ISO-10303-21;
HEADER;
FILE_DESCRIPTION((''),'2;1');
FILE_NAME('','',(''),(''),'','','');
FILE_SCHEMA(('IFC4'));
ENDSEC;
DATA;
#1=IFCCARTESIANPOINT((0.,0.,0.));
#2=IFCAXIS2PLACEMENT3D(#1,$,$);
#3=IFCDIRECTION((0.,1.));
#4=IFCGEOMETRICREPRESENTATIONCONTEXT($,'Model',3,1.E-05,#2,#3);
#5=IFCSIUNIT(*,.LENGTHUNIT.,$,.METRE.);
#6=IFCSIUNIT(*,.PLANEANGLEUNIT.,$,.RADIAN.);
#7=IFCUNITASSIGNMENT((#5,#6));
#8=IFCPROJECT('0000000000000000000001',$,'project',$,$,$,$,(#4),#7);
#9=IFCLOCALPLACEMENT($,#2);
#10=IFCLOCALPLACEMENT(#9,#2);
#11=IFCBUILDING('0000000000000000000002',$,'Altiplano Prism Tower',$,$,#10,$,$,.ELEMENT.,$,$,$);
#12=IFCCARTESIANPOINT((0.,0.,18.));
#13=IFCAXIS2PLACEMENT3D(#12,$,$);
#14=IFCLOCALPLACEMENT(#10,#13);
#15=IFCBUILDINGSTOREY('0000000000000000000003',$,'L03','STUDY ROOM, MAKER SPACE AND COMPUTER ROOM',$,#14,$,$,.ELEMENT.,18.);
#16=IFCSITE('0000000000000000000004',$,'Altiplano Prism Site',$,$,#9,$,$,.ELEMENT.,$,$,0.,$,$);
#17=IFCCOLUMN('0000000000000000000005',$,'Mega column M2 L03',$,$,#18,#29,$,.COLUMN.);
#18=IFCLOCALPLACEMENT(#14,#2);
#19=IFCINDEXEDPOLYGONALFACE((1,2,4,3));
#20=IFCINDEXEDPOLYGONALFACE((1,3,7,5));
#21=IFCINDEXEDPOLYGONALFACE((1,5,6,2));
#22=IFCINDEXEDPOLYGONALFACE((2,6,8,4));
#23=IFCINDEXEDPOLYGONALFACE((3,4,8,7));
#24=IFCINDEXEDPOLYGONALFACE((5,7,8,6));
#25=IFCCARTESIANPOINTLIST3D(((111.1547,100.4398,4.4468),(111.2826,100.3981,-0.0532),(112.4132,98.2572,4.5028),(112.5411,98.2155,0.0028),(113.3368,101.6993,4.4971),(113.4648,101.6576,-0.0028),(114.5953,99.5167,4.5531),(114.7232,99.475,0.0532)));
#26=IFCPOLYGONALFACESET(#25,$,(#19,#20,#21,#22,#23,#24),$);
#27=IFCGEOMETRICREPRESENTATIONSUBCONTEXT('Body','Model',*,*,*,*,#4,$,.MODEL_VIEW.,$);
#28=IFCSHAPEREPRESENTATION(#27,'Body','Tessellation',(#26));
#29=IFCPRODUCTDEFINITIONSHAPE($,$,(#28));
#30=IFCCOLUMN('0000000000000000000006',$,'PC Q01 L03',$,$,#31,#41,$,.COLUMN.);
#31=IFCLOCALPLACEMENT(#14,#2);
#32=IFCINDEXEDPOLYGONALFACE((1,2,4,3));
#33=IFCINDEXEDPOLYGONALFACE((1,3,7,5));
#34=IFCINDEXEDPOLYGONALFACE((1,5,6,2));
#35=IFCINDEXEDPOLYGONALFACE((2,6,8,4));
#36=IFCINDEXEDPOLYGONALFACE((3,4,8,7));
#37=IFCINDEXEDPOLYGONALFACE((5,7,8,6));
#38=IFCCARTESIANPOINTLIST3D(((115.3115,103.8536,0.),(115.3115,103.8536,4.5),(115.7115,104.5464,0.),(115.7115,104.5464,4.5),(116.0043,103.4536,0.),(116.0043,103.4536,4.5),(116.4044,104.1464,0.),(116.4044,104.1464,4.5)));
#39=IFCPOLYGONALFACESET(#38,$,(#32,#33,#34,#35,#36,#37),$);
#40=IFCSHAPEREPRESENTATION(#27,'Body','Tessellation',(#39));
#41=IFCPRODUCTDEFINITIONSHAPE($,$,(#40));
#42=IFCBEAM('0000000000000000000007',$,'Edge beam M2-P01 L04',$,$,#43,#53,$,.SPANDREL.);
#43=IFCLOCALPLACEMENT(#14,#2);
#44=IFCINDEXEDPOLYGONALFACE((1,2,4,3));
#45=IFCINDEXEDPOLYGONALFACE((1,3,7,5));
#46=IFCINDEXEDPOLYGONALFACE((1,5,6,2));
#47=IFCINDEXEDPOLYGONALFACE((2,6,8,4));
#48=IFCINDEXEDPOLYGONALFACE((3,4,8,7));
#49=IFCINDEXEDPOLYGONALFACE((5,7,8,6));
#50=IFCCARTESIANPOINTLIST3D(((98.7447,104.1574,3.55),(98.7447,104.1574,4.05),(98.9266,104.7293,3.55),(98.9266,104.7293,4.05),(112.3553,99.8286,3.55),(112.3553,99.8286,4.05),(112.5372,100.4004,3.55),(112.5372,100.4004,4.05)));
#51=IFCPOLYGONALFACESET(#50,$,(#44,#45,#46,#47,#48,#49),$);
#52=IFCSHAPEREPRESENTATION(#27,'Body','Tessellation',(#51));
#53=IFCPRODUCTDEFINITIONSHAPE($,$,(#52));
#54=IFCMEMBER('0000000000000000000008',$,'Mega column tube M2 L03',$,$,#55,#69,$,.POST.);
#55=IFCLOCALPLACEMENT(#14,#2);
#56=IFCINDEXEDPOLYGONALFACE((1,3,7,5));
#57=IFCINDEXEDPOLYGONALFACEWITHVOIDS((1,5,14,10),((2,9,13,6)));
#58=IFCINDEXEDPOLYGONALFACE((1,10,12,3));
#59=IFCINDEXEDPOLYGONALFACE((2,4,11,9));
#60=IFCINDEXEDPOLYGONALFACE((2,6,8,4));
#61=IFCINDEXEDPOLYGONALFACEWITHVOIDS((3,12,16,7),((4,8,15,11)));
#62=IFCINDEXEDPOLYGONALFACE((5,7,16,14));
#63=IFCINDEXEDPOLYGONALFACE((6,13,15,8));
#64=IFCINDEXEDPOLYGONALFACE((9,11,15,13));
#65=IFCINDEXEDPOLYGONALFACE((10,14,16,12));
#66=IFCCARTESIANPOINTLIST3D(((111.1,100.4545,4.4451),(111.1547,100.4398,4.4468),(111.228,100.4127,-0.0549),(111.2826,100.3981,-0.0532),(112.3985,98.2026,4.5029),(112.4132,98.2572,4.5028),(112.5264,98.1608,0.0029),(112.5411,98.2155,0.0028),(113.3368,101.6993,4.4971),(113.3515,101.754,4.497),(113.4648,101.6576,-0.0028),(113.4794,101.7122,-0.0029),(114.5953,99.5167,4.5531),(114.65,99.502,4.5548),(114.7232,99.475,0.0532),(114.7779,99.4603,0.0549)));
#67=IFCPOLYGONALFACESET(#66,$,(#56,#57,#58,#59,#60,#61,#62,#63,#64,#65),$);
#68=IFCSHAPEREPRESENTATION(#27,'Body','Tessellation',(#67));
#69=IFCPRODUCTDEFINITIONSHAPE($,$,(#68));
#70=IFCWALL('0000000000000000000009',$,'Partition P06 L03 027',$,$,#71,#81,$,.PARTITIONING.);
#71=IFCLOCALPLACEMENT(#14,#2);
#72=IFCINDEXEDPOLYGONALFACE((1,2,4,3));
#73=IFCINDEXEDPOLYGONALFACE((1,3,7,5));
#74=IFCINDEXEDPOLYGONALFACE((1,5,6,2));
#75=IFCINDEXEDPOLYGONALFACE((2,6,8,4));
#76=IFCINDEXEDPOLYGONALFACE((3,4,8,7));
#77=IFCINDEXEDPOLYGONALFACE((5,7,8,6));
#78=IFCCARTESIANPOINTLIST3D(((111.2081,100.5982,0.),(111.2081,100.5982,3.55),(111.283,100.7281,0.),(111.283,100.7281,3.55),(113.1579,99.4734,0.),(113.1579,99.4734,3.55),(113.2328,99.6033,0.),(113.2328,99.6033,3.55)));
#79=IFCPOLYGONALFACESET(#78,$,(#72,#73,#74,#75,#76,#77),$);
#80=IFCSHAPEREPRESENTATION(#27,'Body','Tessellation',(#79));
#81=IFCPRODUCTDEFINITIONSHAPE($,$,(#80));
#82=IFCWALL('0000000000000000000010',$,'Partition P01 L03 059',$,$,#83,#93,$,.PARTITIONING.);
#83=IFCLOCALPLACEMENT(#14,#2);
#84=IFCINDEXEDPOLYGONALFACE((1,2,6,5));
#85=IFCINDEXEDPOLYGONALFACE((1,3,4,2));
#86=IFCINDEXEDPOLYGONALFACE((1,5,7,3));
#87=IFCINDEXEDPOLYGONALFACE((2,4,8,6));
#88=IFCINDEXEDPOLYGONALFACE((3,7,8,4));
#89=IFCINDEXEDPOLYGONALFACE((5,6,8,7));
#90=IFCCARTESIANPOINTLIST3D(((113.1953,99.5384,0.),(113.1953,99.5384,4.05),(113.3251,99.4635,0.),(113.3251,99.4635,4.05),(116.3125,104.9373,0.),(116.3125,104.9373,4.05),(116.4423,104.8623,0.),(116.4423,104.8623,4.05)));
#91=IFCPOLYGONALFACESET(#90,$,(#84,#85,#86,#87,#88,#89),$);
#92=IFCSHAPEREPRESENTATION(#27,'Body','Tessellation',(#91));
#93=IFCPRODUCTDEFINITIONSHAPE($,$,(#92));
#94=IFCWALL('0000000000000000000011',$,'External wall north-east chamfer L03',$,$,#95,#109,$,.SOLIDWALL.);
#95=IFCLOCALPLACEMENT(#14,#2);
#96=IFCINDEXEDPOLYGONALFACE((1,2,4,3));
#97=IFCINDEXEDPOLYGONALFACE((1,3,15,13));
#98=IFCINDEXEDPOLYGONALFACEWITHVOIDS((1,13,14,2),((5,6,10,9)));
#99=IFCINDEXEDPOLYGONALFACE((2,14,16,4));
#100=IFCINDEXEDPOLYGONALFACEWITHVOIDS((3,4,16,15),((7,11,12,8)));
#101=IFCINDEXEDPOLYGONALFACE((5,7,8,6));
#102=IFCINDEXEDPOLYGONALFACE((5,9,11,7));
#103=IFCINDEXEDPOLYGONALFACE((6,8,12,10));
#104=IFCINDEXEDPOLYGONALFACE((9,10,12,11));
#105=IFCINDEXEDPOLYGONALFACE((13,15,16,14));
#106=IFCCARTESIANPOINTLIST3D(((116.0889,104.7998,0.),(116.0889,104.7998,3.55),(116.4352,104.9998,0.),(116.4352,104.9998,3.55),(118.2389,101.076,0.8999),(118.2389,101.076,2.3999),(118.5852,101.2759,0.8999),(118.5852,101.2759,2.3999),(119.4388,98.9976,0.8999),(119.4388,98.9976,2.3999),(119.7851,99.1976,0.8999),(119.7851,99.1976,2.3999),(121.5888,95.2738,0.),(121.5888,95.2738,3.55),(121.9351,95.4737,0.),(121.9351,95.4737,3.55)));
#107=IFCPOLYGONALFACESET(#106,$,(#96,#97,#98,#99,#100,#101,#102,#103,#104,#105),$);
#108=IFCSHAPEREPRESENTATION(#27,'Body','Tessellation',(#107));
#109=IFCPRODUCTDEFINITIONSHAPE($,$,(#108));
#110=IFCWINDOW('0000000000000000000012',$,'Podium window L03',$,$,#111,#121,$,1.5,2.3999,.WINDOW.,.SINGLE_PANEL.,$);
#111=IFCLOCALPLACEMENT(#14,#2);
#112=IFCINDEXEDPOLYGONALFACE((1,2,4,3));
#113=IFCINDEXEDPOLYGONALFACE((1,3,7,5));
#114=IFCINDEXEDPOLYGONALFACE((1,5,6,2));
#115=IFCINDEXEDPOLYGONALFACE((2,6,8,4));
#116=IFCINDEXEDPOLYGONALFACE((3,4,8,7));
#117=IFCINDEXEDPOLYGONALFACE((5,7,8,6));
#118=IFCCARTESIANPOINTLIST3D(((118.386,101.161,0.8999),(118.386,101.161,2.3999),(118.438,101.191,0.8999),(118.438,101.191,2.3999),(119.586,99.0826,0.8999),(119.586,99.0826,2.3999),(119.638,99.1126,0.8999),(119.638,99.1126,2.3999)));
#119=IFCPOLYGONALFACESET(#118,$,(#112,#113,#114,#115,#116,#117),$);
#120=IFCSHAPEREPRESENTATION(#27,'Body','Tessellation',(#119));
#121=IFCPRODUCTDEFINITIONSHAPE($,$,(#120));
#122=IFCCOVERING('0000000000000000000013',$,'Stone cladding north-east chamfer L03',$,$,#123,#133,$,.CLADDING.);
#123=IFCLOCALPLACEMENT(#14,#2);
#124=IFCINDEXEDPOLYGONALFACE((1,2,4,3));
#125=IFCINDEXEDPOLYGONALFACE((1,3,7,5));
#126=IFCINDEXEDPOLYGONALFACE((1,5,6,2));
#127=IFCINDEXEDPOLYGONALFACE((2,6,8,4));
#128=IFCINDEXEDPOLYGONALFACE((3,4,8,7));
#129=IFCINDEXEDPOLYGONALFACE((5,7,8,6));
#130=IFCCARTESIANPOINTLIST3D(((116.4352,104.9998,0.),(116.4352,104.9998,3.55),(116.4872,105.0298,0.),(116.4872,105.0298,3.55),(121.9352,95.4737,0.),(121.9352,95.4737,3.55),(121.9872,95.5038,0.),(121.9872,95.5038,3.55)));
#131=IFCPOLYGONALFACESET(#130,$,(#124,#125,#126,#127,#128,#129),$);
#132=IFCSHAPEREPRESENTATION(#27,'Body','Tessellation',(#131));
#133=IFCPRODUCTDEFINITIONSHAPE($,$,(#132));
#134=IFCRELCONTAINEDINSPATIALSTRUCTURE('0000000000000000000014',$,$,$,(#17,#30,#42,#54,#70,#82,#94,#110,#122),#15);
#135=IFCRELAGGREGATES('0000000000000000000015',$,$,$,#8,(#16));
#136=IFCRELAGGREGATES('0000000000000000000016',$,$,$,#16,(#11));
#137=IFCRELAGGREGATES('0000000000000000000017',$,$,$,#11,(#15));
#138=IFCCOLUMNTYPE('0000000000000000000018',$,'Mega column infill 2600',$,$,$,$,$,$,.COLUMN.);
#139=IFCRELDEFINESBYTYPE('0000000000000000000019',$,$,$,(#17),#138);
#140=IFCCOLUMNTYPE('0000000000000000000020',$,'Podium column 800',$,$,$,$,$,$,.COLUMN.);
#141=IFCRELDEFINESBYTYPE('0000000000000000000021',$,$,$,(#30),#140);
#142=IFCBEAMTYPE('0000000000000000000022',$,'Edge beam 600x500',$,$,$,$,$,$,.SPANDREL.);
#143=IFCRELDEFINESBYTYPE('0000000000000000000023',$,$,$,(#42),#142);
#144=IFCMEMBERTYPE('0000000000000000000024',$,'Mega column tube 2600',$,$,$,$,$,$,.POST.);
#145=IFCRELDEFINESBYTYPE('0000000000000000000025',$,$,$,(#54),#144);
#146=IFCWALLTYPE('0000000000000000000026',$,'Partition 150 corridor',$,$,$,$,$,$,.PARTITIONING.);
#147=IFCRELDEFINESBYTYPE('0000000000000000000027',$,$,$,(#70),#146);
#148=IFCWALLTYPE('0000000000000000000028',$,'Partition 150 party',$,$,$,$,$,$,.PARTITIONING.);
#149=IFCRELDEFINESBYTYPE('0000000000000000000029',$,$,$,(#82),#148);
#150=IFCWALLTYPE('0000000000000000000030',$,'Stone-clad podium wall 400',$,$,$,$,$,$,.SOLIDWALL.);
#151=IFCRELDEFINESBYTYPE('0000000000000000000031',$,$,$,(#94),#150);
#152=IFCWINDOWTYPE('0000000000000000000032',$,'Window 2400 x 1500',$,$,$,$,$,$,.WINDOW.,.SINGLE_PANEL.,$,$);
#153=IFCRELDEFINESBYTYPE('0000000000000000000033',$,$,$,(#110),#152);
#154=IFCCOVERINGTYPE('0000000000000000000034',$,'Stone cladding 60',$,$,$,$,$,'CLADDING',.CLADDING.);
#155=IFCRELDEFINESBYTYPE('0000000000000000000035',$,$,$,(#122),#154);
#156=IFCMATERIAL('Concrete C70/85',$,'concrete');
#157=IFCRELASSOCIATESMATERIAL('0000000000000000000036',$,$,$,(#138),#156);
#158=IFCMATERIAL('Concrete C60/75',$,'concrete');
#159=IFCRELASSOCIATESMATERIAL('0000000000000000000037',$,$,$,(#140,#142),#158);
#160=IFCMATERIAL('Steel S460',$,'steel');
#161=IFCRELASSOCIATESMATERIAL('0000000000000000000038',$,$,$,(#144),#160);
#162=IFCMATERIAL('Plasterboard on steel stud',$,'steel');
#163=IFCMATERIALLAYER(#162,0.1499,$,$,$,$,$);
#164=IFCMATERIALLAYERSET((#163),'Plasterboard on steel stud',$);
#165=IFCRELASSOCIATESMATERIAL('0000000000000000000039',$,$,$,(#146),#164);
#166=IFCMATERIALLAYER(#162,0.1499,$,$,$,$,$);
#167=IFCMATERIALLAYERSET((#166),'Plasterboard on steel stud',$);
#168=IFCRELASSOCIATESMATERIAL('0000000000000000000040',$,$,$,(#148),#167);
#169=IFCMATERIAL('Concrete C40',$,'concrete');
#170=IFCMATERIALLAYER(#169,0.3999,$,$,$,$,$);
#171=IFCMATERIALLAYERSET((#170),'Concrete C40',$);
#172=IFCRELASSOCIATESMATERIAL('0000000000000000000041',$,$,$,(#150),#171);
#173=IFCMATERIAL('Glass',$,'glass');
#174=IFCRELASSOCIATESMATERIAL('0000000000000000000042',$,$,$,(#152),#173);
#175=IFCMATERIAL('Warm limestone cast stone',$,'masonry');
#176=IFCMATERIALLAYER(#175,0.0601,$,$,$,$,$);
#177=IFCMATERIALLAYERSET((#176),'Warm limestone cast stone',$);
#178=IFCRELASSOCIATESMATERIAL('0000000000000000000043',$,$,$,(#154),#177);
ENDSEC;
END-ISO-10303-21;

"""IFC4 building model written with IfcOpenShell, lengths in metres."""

from ifc_helpers import new_model, si_unit, direction, frame, frame_2d, origin, origin_2d, place, context, subcontext, project, spatial, rectangle, hollow_rectangle, extrude, material, layer, layer_set, material_profile, profile_set, type_object, element, fill, save


model = new_model("IFC4")

# Units and contexts
model_context = context("Model", 3, precision=1e-05, world=origin(), true_north=direction((0.0, 1.0)))
body_context = subcontext(model_context, "Body", "Model", "MODEL_VIEW")
ifc_project = project(units=[si_unit("LENGTHUNIT", "METRE"), si_unit("PLANEANGLEUNIT", "RADIAN")], contexts=[model_context])

# Site, building, storey
site_placement = place(None, origin())
site = spatial("IfcSite", under=ifc_project, at=site_placement, Name="Altiplano Prism Site", CompositionType="ELEMENT", RefElevation=0.0)
building_placement = place(site_placement, origin())
building = spatial("IfcBuilding", under=site, at=building_placement, Name="Altiplano Prism Tower", CompositionType="ELEMENT")
storey_placement = place(building_placement, frame((0.0, 0.0, 18.0)))
storey = spatial("IfcBuildingStorey", under=building, at=storey_placement, Name="L03", Description="STUDY ROOM, MAKER SPACE AND COMPUTER ROOM", CompositionType="ELEMENT", Elevation=18.0)

# Columns
ifc_material_1 = material(Name="Concrete C70/85", Category="concrete")
ifc_material_profile_1 = material_profile(ifc_material_1, rectangle(XDim=2.52, YDim=2.52, at=origin_2d()), Name="Mega column infill 2600")
ifc_profile_set_1 = profile_set([ifc_material_profile_1], Name="Concrete C70/85")
column_type_1 = type_object("IfcColumnType", Name="Mega column infill 2600", PredefinedType="COLUMN", material=ifc_profile_set_1)
column_1_placement = place(storey_placement, frame((113.0029, 99.9365, 0.0), z_axis=(-0.028416, 0.009273, 0.999553), x_axis=(0.499378, -0.866099, 0.022232)))
element("IfcColumn", 1, at=column_1_placement, inside=storey, type_object=column_type_1, Name="Mega column M2 L03", PredefinedType="COLUMN", context=body_context, shape_type="SweptSolid", body=[
    extrude(rectangle(XDim=2.52, YDim=2.52, at=origin_2d()), origin(), (0.0, 0.0, 1.0), 4.502),
])
ifc_material_2 = material(Name="Concrete C60/75", Category="concrete")
ifc_material_profile_2 = material_profile(ifc_material_2, rectangle(XDim=0.8, YDim=0.8, at=origin_2d()), Name="Podium column 800")
ifc_profile_set_2 = profile_set([ifc_material_profile_2], Name="Concrete C60/75")
column_type_2 = type_object("IfcColumnType", Name="Podium column 800", PredefinedType="COLUMN", material=ifc_profile_set_2)
column_2_placement = place(storey_placement, frame((115.8579, 104.0, 0.0), z_axis=(0.0, 0.0, 1.0), x_axis=(0.5, 0.866025, 0.0)))
element("IfcColumn", 2, at=column_2_placement, inside=storey, type_object=column_type_2, Name="PC Q01 L03", PredefinedType="COLUMN", context=body_context, shape_type="SweptSolid", body=[
    extrude(rectangle(XDim=0.8, YDim=0.8, at=origin_2d()), origin(), (0.0, 0.0, 1.0), 4.5),
])

# Beam
ifc_material_profile_3 = material_profile(ifc_material_2, rectangle(XDim=0.6001, YDim=0.5, at=origin_2d()), Name="Edge beam 600x500")
ifc_profile_set_3 = profile_set([ifc_material_profile_3], Name="Concrete C60/75")
beam_type = type_object("IfcBeamType", Name="Edge beam 600x500", PredefinedType="SPANDREL", material=ifc_profile_set_3)
beam_placement = place(storey_placement, frame((112.4463, 100.1145, 3.8), z_axis=(-0.952962, 0.30309, 0.0), x_axis=(-0.30309, -0.952962, 0.0)))
element("IfcBeam", 3, at=beam_placement, inside=storey, type_object=beam_type, Name="Edge beam M2-P01 L04", PredefinedType="SPANDREL", context=body_context, shape_type="SweptSolid", body=[
    extrude(rectangle(XDim=0.6001, YDim=0.5, at=origin_2d()), origin(), (0.0, 0.0, 1.0), 14.2825),
])

# Member
ifc_material_3 = material(Name="Steel S460", Category="steel")
ifc_material_profile_4 = material_profile(ifc_material_3, hollow_rectangle(XDim=2.6001, YDim=2.6001, WallThickness=0.04, at=origin_2d()), Name="Mega column tube 2600")
ifc_profile_set_4 = profile_set([ifc_material_profile_4], Name="Steel S460")
member_type = type_object("IfcMemberType", Name="Mega column tube 2600", PredefinedType="POST", material=ifc_profile_set_4)
member_placement = place(storey_placement, frame((113.0029, 99.9365, 0.0), z_axis=(-0.028416, 0.009273, 0.999553), x_axis=(0.499378, -0.866099, 0.022232)))
element("IfcMember", 4, at=member_placement, inside=storey, type_object=member_type, Name="Mega column tube M2 L03", PredefinedType="POST", context=body_context, shape_type="SweptSolid", body=[
    extrude(hollow_rectangle(XDim=2.6001, YDim=2.6001, WallThickness=0.04, at=origin_2d()), origin(), (0.0, 0.0, 1.0), 4.502),
])

# Walls
ifc_material_4 = material(Name="Plasterboard on steel stud", Category="steel")
ifc_layer_1 = layer(ifc_material_4, 0.1499)
ifc_layer_set_1 = layer_set([ifc_layer_1], Name="Plasterboard on steel stud")
wall_type_1 = type_object("IfcWallType", Name="Partition 150 corridor", PredefinedType="PARTITIONING", material=ifc_layer_set_1)
wall_1_placement = place(storey_placement, frame((113.1953, 99.5383, 0.0), z_axis=(0.0, 0.0, 1.0), x_axis=(-0.8662, 0.499697, 0.0)))
element("IfcWall", 5, at=wall_1_placement, inside=storey, type_object=wall_type_1, Name="Partition P06 L03 027", PredefinedType="PARTITIONING", context=body_context, shape_type="SweptSolid", body=[
    extrude(rectangle(XDim=2.251, YDim=0.1499, at=frame_2d((1.1255, 0.0))), origin(), (0.0, 0.0, 1.0), 3.55),
])
ifc_layer_2 = layer(ifc_material_4, 0.1499)
ifc_layer_set_2 = layer_set([ifc_layer_2], Name="Plasterboard on steel stud")
wall_type_2 = type_object("IfcWallType", Name="Partition 150 party", PredefinedType="PARTITIONING", material=ifc_layer_set_2)
wall_2_placement = place(storey_placement, frame((116.3774, 104.8999, 0.0), z_axis=(0.0, 0.0, 1.0), x_axis=(-0.500014, -0.866017, 0.0)))
element("IfcWall", 6, at=wall_2_placement, inside=storey, type_object=wall_type_2, Name="Partition P01 L03 059", PredefinedType="PARTITIONING", context=body_context, shape_type="SweptSolid", body=[
    extrude(rectangle(XDim=6.2341, YDim=0.1499, at=frame_2d((3.1172, 0.0))), origin(), (0.0, 0.0, 1.0), 4.05),
])

# Wall, opening, window
ifc_material_5 = material(Name="Concrete C40", Category="concrete")
ifc_layer_3 = layer(ifc_material_5, 0.3999)
ifc_layer_set_3 = layer_set([ifc_layer_3], Name="Concrete C40")
wall_type_3 = type_object("IfcWallType", Name="Stone-clad podium wall 400", PredefinedType="SOLIDWALL", material=ifc_layer_set_3)
wall_3_placement = place(storey_placement, frame((116.262, 104.8999, 0.0), z_axis=(0.0, 0.0, 1.0), x_axis=(0.500006, -0.866022, 0.0)))
wall_3 = element("IfcWall", 7, at=wall_3_placement, inside=storey, type_object=wall_type_3, Name="External wall north-east chamfer L03", PredefinedType="SOLIDWALL", context=body_context, shape_type="SweptSolid", body=[
    extrude(rectangle(XDim=10.9998, YDim=0.3999, at=frame_2d((5.5, 0.0))), origin(), (0.0, 0.0, 1.0), 3.55),
])
opening_placement = place(wall_3_placement, frame((4.3, 0.0, 0.8999)))
opening = element("IfcOpeningElement", 8, at=opening_placement, cuts=wall_3, PredefinedType="OPENING", context=body_context, shape_type="SweptSolid", body=[
    extrude(rectangle(XDim=2.3999, YDim=1.5, at=frame_2d((1.2, 0.75))), frame((0.0, 0.2104, 0.0), z_axis=(0.0, -1.0, 0.0), x_axis=(1.0, 0.0, 0.0)), (0.0, 0.0, 1.0), 0.4209),
])
ifc_material_6 = material(Name="Glass", Category="glass")
window_type = type_object("IfcWindowType", Name="Window 2400 x 1500", PartitioningType="SINGLE_PANEL", PredefinedType="WINDOW", material=ifc_material_6)
window_placement = place(opening_placement, origin())
window = element("IfcWindow", 9, at=window_placement, inside=storey, type_object=window_type, Name="Podium window L03", OverallHeight=1.5, OverallWidth=2.3999, PartitioningType="SINGLE_PANEL", PredefinedType="WINDOW", context=body_context, shape_type="SweptSolid", body=[
    extrude(rectangle(XDim=2.3999, YDim=1.5, at=frame_2d((1.2, 0.75))), frame((0.0, 0.03, 0.0), z_axis=(0.0, -1.0, 0.0), x_axis=(1.0, 0.0, 0.0)), (0.0, 0.0, 1.0), 0.0601),
])
fill(opening, window)

# Covering
ifc_material_7 = material(Name="Warm limestone cast stone", Category="masonry")
ifc_layer_4 = layer(ifc_material_7, 0.0601)
ifc_layer_set_4 = layer_set([ifc_layer_4], Name="Warm limestone cast stone")
covering_type = type_object("IfcCoveringType", Name="Stone cladding 60", ElementType="CLADDING", PredefinedType="CLADDING", material=ifc_layer_set_4)
covering_placement = place(storey_placement, frame((116.4612, 105.0149, 0.0), z_axis=(0.0, 0.0, 1.0), x_axis=(0.500006, -0.866022, 0.0)))
element("IfcCovering", 10, at=covering_placement, inside=storey, type_object=covering_type, Name="Stone cladding north-east chamfer L03", PredefinedType="CLADDING", context=body_context, shape_type="SweptSolid", body=[
    extrude(rectangle(XDim=10.9998, YDim=0.0601, at=frame_2d((5.5, 0.0))), origin(), (0.0, 0.0, 1.0), 3.55),
])

save(model, "model.ifc")
